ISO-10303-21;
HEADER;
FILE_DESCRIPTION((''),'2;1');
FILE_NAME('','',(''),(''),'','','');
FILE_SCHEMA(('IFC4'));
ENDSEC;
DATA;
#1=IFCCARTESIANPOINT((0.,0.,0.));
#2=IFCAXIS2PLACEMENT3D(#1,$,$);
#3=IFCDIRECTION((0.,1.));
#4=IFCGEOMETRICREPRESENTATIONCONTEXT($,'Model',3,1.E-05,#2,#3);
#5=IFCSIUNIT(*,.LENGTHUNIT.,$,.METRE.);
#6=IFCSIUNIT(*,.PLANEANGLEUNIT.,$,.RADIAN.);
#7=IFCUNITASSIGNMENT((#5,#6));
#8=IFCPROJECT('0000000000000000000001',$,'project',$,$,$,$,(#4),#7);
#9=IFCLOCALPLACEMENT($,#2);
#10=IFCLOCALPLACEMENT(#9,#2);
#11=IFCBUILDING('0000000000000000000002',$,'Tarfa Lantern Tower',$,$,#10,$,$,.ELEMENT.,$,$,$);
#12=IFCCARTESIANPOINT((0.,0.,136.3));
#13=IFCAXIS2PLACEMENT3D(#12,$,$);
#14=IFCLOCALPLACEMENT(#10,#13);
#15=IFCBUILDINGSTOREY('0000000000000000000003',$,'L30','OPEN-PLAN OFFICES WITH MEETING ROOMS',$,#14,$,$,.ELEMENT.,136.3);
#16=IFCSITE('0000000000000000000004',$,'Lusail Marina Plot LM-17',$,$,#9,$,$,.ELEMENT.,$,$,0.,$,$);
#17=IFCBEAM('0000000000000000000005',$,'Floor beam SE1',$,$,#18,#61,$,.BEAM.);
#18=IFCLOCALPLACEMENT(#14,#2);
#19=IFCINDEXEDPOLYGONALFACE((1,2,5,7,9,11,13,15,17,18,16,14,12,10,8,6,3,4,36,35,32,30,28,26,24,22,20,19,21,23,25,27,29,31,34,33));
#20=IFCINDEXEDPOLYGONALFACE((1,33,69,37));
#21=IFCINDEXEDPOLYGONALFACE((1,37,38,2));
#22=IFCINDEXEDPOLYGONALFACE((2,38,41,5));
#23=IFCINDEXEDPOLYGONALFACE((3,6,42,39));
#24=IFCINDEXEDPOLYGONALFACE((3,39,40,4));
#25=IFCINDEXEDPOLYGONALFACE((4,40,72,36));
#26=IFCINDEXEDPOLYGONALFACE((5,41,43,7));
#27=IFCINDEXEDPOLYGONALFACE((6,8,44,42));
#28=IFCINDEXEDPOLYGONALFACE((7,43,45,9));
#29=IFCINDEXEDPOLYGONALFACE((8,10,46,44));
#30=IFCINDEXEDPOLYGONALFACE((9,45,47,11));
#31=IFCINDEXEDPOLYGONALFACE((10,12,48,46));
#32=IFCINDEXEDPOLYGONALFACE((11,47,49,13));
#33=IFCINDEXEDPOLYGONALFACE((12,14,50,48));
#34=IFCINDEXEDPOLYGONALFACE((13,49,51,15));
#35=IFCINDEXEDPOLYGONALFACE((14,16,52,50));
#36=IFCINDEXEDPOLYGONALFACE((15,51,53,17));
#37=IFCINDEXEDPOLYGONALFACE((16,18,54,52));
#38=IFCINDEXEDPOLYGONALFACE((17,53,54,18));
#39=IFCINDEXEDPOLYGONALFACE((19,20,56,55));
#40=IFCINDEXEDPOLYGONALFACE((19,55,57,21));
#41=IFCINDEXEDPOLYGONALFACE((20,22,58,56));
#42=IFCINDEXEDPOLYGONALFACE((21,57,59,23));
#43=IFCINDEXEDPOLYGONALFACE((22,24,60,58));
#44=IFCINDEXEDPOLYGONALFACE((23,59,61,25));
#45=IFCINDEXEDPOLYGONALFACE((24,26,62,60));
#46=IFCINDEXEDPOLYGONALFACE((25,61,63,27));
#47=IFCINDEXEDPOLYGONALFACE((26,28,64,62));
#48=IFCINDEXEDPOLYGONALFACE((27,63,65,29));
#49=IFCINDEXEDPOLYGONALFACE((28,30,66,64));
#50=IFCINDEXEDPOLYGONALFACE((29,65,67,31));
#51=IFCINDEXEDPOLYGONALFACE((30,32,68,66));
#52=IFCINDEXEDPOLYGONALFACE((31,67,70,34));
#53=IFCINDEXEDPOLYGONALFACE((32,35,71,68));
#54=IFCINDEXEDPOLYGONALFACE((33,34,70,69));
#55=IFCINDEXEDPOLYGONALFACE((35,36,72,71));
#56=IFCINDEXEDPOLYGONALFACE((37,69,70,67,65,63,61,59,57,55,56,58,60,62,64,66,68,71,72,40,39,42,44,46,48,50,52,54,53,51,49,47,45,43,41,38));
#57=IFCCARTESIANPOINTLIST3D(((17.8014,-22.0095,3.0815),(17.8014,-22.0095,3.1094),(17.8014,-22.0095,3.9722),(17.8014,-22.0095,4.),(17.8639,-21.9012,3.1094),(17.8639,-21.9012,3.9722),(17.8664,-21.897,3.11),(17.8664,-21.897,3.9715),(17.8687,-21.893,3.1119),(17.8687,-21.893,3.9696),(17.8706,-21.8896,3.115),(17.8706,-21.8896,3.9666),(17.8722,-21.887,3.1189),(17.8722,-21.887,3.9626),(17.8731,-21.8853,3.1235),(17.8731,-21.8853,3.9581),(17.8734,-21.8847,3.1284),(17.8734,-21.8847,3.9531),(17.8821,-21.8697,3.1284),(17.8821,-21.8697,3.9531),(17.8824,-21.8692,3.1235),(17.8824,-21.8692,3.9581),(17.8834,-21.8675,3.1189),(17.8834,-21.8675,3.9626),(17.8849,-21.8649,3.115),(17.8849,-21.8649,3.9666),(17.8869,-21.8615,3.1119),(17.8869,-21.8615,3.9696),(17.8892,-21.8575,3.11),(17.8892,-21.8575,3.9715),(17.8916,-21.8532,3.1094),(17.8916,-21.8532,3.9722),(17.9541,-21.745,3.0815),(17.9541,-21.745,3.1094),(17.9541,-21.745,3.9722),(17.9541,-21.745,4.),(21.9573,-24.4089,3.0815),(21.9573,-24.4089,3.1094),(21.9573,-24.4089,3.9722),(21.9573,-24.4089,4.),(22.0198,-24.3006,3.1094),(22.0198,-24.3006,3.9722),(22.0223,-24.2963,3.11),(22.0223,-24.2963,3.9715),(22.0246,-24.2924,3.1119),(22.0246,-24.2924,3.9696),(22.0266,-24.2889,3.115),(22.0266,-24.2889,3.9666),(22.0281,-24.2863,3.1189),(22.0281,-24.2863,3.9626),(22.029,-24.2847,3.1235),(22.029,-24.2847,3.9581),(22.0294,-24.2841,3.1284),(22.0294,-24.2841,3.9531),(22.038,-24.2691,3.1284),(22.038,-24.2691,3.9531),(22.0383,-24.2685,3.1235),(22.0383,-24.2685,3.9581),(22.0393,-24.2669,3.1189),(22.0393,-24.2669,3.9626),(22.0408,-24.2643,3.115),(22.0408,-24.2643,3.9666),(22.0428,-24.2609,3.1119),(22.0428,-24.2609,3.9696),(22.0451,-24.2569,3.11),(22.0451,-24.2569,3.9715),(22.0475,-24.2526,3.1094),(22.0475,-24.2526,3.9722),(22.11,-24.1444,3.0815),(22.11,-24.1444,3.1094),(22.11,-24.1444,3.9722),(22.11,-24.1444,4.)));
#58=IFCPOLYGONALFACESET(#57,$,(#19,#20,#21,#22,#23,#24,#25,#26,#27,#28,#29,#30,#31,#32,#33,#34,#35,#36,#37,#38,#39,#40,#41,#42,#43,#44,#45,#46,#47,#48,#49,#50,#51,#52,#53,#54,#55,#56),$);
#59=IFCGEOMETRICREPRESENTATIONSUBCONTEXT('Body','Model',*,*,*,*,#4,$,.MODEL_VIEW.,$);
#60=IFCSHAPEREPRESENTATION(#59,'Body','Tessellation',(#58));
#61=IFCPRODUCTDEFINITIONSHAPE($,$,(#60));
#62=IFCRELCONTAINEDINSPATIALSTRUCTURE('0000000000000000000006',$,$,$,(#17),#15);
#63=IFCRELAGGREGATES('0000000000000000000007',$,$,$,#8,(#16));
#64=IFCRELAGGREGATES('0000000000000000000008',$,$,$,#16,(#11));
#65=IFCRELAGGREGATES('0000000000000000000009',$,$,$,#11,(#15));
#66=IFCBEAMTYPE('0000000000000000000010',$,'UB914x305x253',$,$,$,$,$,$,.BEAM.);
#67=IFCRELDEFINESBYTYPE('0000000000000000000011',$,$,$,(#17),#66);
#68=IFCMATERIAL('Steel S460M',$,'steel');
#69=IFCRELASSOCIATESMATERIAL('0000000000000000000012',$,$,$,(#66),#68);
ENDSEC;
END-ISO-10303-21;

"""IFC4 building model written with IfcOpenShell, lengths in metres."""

from ifc_helpers import new_model, si_unit, direction, frame, origin, origin_2d, place, context, subcontext, project, spatial, i_section, extrude, material, material_profile, profile_set, type_object, element, save


model = new_model("IFC4")

# Units and contexts
model_context = context("Model", 3, precision=1e-05, world=origin(), true_north=direction((0.0, 1.0)))
body_context = subcontext(model_context, "Body", "Model", "MODEL_VIEW")
ifc_project = project(units=[si_unit("LENGTHUNIT", "METRE"), si_unit("PLANEANGLEUNIT", "RADIAN")], contexts=[model_context])

# Site, building, storey
site_placement = place(None, origin())
site = spatial("IfcSite", under=ifc_project, at=site_placement, Name="Lusail Marina Plot LM-17", CompositionType="ELEMENT", RefElevation=0.0)
building_placement = place(site_placement, origin())
building = spatial("IfcBuilding", under=site, at=building_placement, Name="Tarfa Lantern Tower", CompositionType="ELEMENT")
storey_placement = place(building_placement, frame((0.0, 0.0, 136.3)))
storey = spatial("IfcBuildingStorey", under=building, at=storey_placement, Name="L30", Description="OPEN-PLAN OFFICES WITH MEETING ROOMS", CompositionType="ELEMENT", Elevation=136.3)

# Beam
ifc_material_1 = material(Name="Steel S460M", Category="steel")
ifc_material_profile_1 = material_profile(ifc_material_1, i_section(OverallWidth=0.3054, OverallDepth=0.9185, WebThickness=0.0173, FlangeThickness=0.0278, FilletRadius=0.019, at=origin_2d()), Name="UB914x305x253")
ifc_profile_set_1 = profile_set([ifc_material_profile_1], Name="Steel S460M")
beam_type_1 = type_object("IfcBeamType", Name="UB914x305x253", PredefinedType="BEAM", material=ifc_profile_set_1)
beam_1_placement = place(storey_placement, frame((22.0337, -24.2766, 3.5408), z_axis=(-0.866031, 0.499991, 0.0), x_axis=(-0.499991, -0.866031, 0.0)))
element("IfcBeam", 1, at=beam_1_placement, inside=storey, type_object=beam_type_1, Name="Floor beam SE1", PredefinedType="BEAM", context=body_context, shape_type="SweptSolid", body=[
    extrude(i_section(OverallWidth=0.3054, OverallDepth=0.9185, WebThickness=0.0173, FlangeThickness=0.0278, FilletRadius=0.019, at=origin_2d()), origin(), (0.0, 0.0, 1.0), 4.7988),
])

save(model, "model.ifc")
